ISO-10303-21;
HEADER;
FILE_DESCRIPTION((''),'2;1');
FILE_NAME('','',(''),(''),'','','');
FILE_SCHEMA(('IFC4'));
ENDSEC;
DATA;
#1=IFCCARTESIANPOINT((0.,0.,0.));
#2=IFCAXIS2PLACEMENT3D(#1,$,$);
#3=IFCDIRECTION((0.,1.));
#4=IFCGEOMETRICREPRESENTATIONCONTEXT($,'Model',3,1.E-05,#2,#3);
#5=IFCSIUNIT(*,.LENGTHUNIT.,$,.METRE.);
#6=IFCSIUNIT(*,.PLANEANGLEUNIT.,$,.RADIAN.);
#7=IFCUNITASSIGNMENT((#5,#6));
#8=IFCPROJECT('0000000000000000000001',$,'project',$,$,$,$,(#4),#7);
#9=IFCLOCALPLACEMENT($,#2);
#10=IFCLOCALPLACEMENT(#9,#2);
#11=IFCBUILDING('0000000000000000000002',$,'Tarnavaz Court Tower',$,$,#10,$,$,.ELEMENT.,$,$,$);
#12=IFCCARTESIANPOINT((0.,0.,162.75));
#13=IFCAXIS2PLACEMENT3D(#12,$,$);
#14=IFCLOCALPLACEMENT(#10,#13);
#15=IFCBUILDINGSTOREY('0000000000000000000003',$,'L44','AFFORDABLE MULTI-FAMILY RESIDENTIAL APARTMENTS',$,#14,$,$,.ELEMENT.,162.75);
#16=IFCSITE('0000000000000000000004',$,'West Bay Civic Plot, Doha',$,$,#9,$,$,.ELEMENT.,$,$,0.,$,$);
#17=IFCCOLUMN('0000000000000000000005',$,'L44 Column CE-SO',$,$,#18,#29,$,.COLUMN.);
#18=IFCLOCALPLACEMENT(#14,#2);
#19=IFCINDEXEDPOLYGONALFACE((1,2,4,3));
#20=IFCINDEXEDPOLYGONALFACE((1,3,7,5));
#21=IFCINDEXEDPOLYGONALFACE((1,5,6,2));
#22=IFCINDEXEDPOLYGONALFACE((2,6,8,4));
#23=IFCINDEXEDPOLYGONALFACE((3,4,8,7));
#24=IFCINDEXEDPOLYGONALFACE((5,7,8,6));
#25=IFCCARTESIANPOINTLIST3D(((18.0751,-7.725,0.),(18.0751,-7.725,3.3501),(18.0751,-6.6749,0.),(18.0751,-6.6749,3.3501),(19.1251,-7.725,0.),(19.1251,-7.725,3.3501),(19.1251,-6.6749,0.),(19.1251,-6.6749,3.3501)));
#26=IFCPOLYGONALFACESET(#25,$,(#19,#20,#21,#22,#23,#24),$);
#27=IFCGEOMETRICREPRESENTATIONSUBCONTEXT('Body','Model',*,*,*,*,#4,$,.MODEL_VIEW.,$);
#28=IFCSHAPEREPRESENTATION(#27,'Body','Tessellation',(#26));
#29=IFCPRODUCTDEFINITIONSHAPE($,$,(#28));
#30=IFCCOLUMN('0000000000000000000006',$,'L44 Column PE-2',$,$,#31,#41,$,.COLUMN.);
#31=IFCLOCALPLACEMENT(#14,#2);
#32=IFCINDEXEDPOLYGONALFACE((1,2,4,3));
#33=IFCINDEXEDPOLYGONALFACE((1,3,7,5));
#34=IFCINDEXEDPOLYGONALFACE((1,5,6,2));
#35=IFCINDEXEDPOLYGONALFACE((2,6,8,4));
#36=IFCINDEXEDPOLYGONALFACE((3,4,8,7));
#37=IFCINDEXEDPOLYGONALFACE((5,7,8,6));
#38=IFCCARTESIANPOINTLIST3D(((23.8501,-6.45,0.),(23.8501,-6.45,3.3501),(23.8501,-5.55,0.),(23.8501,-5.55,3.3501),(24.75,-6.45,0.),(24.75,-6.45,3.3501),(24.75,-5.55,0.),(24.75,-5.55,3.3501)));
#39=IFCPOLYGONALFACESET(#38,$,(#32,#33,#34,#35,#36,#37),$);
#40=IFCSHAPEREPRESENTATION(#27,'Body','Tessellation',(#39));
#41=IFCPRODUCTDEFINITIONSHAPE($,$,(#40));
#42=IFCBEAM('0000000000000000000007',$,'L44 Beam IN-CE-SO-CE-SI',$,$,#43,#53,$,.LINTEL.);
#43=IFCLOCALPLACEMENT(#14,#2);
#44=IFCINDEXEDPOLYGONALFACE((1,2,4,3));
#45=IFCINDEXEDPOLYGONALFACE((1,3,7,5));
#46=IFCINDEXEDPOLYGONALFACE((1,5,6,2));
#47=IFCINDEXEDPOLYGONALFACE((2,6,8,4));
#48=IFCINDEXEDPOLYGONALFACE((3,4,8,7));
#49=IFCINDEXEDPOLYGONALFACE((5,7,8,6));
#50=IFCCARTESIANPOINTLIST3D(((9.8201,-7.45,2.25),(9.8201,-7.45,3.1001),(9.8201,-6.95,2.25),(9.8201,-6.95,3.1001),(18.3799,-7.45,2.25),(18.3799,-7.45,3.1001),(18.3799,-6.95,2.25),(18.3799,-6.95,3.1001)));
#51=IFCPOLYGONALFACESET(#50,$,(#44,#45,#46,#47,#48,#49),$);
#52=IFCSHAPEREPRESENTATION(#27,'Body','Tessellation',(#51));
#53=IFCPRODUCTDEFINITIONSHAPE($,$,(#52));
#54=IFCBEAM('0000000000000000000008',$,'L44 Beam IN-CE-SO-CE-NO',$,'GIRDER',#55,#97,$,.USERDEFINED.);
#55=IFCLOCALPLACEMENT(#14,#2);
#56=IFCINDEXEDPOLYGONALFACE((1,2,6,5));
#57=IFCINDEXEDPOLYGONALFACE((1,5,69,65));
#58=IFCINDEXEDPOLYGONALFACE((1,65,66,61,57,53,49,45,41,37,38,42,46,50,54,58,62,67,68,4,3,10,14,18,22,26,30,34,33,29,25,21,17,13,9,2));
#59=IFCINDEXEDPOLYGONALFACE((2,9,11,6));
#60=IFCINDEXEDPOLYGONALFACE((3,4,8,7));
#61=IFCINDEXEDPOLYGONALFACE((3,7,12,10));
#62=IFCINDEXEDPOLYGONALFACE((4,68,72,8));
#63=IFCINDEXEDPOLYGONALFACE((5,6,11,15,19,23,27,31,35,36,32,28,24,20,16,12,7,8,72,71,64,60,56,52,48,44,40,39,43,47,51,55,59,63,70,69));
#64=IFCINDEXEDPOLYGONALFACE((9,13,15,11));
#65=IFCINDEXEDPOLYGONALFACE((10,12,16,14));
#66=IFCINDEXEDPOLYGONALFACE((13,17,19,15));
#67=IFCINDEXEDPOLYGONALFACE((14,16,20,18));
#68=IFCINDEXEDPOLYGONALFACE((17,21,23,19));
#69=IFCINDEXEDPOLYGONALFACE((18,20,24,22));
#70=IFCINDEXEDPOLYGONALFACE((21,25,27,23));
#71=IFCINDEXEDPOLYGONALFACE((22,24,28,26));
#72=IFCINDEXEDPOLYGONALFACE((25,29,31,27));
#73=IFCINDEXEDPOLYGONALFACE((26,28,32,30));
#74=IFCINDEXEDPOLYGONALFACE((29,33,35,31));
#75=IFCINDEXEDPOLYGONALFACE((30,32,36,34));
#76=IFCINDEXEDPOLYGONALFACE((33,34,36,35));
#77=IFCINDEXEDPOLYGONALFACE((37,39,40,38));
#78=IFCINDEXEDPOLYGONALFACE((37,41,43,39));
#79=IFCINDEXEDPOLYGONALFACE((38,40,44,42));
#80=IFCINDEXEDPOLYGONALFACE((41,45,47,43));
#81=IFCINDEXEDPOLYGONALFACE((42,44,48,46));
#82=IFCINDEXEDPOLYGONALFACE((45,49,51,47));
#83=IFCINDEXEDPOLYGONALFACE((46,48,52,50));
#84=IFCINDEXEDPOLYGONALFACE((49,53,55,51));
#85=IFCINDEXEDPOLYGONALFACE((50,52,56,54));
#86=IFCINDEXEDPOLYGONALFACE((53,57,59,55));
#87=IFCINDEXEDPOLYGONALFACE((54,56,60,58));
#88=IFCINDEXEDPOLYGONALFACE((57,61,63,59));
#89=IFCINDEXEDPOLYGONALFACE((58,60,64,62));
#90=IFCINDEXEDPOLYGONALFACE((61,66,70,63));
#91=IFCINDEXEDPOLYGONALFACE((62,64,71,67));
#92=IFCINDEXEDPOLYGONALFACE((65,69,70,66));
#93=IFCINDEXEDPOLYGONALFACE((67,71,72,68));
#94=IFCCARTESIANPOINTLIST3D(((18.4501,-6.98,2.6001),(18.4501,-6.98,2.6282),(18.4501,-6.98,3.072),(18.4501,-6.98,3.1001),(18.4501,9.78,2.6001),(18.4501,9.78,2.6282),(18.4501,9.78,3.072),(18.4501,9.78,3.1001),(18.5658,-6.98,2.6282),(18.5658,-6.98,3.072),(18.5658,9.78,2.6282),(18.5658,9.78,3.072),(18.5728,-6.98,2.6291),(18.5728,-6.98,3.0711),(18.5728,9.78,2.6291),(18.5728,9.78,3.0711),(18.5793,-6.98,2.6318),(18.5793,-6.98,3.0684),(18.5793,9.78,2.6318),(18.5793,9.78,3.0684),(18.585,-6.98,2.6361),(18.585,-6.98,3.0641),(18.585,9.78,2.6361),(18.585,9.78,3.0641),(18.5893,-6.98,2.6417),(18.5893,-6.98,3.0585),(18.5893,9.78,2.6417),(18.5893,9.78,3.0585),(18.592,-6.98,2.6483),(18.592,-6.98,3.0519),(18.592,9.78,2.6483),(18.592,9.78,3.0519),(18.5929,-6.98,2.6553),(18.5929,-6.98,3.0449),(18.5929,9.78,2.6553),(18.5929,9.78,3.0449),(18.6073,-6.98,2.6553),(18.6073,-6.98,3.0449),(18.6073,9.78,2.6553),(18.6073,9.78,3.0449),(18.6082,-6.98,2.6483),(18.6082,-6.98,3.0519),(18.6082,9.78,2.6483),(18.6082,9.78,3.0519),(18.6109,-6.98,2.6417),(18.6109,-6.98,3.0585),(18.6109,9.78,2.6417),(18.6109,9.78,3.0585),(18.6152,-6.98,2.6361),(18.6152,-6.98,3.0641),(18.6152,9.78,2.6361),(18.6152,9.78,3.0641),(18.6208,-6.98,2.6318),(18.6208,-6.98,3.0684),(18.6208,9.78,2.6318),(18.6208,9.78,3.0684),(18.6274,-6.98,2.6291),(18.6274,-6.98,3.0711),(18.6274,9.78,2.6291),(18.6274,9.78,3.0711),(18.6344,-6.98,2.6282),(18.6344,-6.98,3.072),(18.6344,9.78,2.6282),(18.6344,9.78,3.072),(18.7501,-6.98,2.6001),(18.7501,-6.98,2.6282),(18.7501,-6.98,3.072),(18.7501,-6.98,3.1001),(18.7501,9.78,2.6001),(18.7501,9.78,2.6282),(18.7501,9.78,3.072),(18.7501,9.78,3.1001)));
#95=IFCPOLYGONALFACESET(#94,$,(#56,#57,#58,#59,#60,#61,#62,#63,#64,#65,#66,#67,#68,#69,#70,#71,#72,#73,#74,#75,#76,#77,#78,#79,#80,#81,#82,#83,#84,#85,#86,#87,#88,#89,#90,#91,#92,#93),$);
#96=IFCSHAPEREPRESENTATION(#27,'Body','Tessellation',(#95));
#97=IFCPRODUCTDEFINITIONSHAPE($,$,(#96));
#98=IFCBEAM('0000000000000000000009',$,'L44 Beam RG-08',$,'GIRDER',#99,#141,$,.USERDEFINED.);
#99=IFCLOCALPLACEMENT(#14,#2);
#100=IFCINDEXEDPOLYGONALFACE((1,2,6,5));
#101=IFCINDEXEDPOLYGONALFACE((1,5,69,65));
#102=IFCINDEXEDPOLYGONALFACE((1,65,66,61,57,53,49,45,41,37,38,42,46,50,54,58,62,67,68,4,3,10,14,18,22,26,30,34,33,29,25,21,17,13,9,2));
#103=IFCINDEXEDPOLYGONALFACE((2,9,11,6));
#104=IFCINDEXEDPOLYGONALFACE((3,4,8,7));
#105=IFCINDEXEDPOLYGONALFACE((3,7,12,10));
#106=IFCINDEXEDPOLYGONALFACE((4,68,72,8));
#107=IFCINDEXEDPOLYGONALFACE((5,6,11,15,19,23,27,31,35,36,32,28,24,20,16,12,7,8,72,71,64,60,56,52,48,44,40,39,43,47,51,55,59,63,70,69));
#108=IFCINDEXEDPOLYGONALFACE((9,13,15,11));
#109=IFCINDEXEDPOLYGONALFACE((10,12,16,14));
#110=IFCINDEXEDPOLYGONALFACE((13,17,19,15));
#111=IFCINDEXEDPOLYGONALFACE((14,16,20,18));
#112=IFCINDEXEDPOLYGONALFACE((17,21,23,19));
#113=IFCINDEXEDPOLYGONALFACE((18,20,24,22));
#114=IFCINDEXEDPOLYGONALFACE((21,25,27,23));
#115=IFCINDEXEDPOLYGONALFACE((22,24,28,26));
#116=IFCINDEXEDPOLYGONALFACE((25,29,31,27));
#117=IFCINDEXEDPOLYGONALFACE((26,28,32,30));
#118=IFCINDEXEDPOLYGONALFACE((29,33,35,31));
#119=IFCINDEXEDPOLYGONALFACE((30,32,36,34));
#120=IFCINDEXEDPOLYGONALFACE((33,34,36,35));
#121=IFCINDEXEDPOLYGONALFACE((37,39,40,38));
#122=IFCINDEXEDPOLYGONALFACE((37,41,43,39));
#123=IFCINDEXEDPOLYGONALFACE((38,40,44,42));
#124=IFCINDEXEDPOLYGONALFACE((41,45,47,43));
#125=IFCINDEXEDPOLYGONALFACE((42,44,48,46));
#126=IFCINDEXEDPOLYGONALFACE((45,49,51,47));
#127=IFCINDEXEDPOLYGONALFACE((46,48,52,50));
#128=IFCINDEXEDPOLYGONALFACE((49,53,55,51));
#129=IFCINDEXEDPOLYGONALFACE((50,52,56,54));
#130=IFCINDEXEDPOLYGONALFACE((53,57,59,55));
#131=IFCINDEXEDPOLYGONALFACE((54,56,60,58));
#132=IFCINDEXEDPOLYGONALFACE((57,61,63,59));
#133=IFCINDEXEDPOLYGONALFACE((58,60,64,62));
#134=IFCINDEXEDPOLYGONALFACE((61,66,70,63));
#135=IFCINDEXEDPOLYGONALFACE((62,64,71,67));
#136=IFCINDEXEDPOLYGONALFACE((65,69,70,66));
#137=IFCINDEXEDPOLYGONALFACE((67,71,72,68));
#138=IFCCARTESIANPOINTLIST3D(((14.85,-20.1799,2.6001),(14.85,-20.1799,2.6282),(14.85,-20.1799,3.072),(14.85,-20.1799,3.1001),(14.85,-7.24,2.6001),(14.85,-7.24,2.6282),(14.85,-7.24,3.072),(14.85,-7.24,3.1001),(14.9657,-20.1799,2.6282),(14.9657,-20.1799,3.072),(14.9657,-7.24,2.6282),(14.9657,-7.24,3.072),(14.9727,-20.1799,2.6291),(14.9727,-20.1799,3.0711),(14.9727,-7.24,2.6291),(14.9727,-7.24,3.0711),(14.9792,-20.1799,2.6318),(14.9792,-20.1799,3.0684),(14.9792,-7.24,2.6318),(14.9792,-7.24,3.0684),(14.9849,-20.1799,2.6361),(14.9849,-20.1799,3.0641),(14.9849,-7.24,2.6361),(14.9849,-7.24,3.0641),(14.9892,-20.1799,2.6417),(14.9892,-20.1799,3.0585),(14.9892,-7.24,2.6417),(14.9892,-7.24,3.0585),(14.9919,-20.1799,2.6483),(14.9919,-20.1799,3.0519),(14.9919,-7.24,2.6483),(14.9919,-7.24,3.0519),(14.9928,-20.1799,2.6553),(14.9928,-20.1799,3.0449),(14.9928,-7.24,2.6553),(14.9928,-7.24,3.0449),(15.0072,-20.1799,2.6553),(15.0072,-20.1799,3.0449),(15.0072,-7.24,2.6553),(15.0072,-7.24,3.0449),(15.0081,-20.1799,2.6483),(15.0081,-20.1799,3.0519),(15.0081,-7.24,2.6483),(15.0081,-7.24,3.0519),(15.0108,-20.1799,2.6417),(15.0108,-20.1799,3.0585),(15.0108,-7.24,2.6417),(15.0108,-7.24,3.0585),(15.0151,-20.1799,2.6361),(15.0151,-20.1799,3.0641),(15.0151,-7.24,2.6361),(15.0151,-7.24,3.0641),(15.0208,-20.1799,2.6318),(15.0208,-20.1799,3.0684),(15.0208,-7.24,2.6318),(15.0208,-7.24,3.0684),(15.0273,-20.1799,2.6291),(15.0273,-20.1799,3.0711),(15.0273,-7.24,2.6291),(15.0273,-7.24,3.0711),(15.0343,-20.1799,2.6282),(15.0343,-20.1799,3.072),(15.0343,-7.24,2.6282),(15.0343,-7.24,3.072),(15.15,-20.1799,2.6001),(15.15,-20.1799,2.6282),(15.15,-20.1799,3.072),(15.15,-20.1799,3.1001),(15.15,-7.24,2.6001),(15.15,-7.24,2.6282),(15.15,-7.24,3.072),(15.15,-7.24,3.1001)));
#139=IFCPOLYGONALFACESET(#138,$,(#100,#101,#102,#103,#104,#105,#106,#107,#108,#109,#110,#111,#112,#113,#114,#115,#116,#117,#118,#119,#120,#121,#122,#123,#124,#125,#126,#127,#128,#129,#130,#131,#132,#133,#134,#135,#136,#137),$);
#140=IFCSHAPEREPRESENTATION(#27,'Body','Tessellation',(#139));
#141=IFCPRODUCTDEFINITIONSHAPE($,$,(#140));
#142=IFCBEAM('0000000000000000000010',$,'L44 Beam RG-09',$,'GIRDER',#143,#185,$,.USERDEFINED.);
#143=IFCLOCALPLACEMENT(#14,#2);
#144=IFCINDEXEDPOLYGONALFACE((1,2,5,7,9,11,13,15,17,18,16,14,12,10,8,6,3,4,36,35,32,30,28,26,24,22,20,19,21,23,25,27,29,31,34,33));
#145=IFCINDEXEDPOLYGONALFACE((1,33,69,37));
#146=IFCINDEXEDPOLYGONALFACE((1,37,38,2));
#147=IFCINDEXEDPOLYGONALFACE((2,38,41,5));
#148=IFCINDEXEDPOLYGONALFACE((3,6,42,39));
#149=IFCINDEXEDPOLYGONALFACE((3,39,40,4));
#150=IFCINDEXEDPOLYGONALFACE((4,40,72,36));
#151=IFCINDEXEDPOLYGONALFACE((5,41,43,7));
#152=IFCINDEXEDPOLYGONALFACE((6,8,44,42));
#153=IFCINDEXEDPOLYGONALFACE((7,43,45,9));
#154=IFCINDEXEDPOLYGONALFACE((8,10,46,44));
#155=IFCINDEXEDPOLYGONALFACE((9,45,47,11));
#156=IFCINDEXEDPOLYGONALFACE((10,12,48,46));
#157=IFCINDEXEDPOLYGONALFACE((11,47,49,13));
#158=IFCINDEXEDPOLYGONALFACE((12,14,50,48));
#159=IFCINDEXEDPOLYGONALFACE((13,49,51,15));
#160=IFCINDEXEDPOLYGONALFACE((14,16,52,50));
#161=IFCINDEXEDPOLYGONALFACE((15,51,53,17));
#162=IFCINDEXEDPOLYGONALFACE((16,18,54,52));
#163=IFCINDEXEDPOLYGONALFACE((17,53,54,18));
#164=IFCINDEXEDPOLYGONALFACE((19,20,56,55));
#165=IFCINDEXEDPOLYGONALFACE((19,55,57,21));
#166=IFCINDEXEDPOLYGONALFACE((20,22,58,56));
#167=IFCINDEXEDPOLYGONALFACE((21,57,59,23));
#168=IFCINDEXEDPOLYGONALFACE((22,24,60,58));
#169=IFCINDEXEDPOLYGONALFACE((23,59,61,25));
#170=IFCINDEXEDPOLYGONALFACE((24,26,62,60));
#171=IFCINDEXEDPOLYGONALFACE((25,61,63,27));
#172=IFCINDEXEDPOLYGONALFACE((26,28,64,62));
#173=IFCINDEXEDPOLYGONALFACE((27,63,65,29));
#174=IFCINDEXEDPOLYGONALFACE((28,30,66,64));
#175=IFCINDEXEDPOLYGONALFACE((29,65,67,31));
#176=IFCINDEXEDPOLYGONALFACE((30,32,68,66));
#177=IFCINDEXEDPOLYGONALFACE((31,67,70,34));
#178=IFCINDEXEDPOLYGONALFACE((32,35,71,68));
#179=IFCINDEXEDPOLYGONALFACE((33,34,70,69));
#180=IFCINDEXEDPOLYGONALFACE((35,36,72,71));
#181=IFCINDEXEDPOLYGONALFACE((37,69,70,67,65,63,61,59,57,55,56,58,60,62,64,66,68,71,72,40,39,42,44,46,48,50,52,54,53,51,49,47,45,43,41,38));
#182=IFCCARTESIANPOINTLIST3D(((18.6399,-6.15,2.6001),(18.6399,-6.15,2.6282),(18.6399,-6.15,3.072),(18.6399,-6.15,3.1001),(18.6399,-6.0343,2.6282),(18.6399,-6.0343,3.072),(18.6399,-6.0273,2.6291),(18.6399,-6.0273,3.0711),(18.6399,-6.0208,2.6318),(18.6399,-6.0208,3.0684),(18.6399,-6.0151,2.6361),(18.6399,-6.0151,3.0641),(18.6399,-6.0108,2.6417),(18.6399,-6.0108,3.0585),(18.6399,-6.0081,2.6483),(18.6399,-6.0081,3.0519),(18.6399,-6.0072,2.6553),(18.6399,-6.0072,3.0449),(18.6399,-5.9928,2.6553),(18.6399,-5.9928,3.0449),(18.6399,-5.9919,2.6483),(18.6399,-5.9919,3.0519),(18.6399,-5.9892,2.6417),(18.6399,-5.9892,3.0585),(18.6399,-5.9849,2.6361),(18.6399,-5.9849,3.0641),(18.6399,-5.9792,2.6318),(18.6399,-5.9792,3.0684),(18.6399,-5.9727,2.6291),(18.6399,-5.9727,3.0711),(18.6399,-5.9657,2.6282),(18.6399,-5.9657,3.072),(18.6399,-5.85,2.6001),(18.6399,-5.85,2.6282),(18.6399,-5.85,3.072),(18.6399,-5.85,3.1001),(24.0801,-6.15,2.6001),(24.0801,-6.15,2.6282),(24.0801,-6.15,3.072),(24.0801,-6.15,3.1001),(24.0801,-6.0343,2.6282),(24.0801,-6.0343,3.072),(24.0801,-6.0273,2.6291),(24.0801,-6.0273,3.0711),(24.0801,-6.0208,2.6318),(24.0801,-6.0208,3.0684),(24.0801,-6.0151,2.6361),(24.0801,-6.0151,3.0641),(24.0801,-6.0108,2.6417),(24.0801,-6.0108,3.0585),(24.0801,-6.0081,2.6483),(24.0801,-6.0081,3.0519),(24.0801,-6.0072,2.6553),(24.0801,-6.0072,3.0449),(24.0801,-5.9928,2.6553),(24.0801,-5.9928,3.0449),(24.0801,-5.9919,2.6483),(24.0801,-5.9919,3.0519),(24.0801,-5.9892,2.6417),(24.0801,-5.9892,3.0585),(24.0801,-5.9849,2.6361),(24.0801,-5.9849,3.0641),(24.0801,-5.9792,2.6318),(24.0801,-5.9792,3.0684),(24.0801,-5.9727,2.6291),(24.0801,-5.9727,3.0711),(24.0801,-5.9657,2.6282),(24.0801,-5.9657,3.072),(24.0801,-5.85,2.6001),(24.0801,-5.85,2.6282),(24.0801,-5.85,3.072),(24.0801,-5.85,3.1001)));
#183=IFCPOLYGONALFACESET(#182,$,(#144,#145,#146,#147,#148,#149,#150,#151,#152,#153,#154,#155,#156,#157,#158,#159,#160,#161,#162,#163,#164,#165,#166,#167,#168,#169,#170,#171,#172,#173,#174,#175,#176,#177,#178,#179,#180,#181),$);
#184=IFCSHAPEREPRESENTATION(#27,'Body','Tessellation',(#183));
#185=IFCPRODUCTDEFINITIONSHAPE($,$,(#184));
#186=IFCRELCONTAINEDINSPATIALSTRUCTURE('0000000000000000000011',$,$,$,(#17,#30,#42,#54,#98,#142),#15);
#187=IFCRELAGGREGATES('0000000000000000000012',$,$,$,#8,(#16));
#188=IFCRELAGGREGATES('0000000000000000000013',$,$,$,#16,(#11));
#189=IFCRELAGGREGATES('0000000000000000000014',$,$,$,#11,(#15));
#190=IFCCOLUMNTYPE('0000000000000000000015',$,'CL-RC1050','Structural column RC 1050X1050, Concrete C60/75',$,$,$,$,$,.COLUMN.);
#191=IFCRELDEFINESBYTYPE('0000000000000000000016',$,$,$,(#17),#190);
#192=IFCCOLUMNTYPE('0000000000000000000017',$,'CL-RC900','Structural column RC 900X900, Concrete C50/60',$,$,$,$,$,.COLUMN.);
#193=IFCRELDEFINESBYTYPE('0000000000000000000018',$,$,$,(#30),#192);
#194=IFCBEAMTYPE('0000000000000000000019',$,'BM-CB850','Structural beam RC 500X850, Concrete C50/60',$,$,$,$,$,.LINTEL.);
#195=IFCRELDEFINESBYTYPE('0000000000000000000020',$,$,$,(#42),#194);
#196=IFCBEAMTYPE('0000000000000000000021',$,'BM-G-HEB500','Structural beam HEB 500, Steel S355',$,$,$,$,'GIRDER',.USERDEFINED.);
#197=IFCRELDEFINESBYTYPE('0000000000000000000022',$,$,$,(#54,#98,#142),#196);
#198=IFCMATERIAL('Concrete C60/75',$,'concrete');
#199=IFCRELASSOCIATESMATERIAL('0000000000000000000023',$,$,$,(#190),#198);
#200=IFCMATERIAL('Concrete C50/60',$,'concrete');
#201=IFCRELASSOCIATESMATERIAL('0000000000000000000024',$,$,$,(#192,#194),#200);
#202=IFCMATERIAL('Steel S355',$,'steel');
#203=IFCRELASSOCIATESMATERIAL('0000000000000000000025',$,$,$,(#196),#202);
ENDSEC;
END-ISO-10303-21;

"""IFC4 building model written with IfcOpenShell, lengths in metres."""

from ifc_helpers import new_model, si_unit, direction, frame, origin, origin_2d, place, context, subcontext, project, spatial, rectangle, i_section, extrude, material, material_profile, profile_set, type_object, element, save


model = new_model("IFC4")

# Units and contexts
model_context = context("Model", 3, precision=1e-05, world=origin(), true_north=direction((0.0, 1.0)))
body_context = subcontext(model_context, "Body", "Model", "MODEL_VIEW")
ifc_project = project(units=[si_unit("LENGTHUNIT", "METRE"), si_unit("PLANEANGLEUNIT", "RADIAN")], contexts=[model_context])

# Site, building, storey
site_placement = place(None, origin())
site = spatial("IfcSite", under=ifc_project, at=site_placement, Name="West Bay Civic Plot, Doha", CompositionType="ELEMENT", RefElevation=0.0)
building_placement = place(site_placement, origin())
building = spatial("IfcBuilding", under=site, at=building_placement, Name="Tarnavaz Court Tower", CompositionType="ELEMENT")
storey_placement = place(building_placement, frame((0.0, 0.0, 162.75)))
storey = spatial("IfcBuildingStorey", under=building, at=storey_placement, Name="L44", Description="AFFORDABLE MULTI-FAMILY RESIDENTIAL APARTMENTS", CompositionType="ELEMENT", Elevation=162.75)

# Columns
ifc_material_1 = material(Name="Concrete C60/75", Category="concrete")
ifc_material_profile_1 = material_profile(ifc_material_1, rectangle(XDim=1.05, YDim=1.05, at=origin_2d()), Name="RC 1050X1050")
ifc_profile_set_1 = profile_set([ifc_material_profile_1], Name="Concrete C60/75")
column_type_1 = type_object("IfcColumnType", Name="CL-RC1050", Description="Structural column RC 1050X1050, Concrete C60/75", PredefinedType="COLUMN", material=ifc_profile_set_1)
column_1_placement = place(storey_placement, frame((18.6001, -7.2, 0.0), z_axis=(0.0, 0.0, 1.0), x_axis=(1.0, 0.0, 0.0)))
element("IfcColumn", 1, at=column_1_placement, inside=storey, type_object=column_type_1, Name="L44 Column CE-SO", PredefinedType="COLUMN", context=body_context, shape_type="SweptSolid", body=[
    extrude(rectangle(XDim=1.05, YDim=1.05, at=origin_2d()), origin(), (0.0, 0.0, 1.0), 3.3501),
])
ifc_material_2 = material(Name="Concrete C50/60", Category="concrete")
ifc_material_profile_2 = material_profile(ifc_material_2, rectangle(XDim=0.8999, YDim=0.8999, at=origin_2d()), Name="RC 900X900")
ifc_profile_set_2 = profile_set([ifc_material_profile_2], Name="Concrete C50/60")
column_type_2 = type_object("IfcColumnType", Name="CL-RC900", Description="Structural column RC 900X900, Concrete C50/60", PredefinedType="COLUMN", material=ifc_profile_set_2)
column_2_placement = place(storey_placement, frame((24.3, -6.0, 0.0), z_axis=(0.0, 0.0, 1.0), x_axis=(1.0, 0.0, 0.0)))
element("IfcColumn", 2, at=column_2_placement, inside=storey, type_object=column_type_2, Name="L44 Column PE-2", PredefinedType="COLUMN", context=body_context, shape_type="SweptSolid", body=[
    extrude(rectangle(XDim=0.8999, YDim=0.8999, at=origin_2d()), origin(), (0.0, 0.0, 1.0), 3.3501),
])

# Beams
ifc_material_profile_3 = material_profile(ifc_material_2, rectangle(XDim=0.5, YDim=0.8501, at=origin_2d()), Name="RC 500X850")
ifc_profile_set_3 = profile_set([ifc_material_profile_3], Name="Concrete C50/60")
beam_type_1 = type_object("IfcBeamType", Name="BM-CB850", Description="Structural beam RC 500X850, Concrete C50/60", PredefinedType="LINTEL", material=ifc_profile_set_3)
beam_1_placement = place(storey_placement, frame((18.3799, -7.2, 2.675), z_axis=(-1.0, 0.0, 0.0), x_axis=(0.0, -1.0, 0.0)))
element("IfcBeam", 3, at=beam_1_placement, inside=storey, type_object=beam_type_1, Name="L44 Beam IN-CE-SO-CE-SI", PredefinedType="LINTEL", context=body_context, shape_type="SweptSolid", body=[
    extrude(rectangle(XDim=0.5, YDim=0.8501, at=origin_2d()), origin(), (0.0, 0.0, 1.0), 8.5598),
])
ifc_material_3 = material(Name="Steel S355", Category="steel")
ifc_material_profile_4 = material_profile(ifc_material_3, i_section(OverallWidth=0.3, OverallDepth=0.5, WebThickness=0.0144, FlangeThickness=0.0281, FilletRadius=0.0271, at=origin_2d()), Name="HEB 500")
ifc_profile_set_4 = profile_set([ifc_material_profile_4], Name="Steel S355")
beam_type_2 = type_object("IfcBeamType", Name="BM-G-HEB500", Description="Structural beam HEB 500, Steel S355", ElementType="GIRDER", PredefinedType="USERDEFINED", material=ifc_profile_set_4)
beam_2_placement = place(storey_placement, frame((18.6001, -6.98, 2.8501), z_axis=(0.0, 1.0, 0.0), x_axis=(-1.0, 0.0, 0.0)))
element("IfcBeam", 4, at=beam_2_placement, inside=storey, type_object=beam_type_2, Name="L44 Beam IN-CE-SO-CE-NO", ObjectType="GIRDER", PredefinedType="USERDEFINED", context=body_context, shape_type="SweptSolid", body=[
    extrude(i_section(OverallWidth=0.3, OverallDepth=0.5, WebThickness=0.0144, FlangeThickness=0.0281, FilletRadius=0.0271, at=origin_2d()), origin(), (0.0, 0.0, 1.0), 16.76),
])
beam_3_placement = place(storey_placement, frame((15.0, -7.24, 2.8501), z_axis=(0.0, -1.0, 0.0), x_axis=(1.0, 0.0, 0.0)))
element("IfcBeam", 5, at=beam_3_placement, inside=storey, type_object=beam_type_2, Name="L44 Beam RG-08", ObjectType="GIRDER", PredefinedType="USERDEFINED", context=body_context, shape_type="SweptSolid", body=[
    extrude(i_section(OverallWidth=0.3, OverallDepth=0.5, WebThickness=0.0144, FlangeThickness=0.0281, FilletRadius=0.0271, at=origin_2d()), origin(), (0.0, 0.0, 1.0), 12.9399),
])
beam_4_placement = place(storey_placement, frame((18.6399, -6.0, 2.8501), z_axis=(1.0, 0.0, 0.0), x_axis=(0.0, 1.0, 0.0)))
element("IfcBeam", 6, at=beam_4_placement, inside=storey, type_object=beam_type_2, Name="L44 Beam RG-09", ObjectType="GIRDER", PredefinedType="USERDEFINED", context=body_context, shape_type="SweptSolid", body=[
    extrude(i_section(OverallWidth=0.3, OverallDepth=0.5, WebThickness=0.0144, FlangeThickness=0.0281, FilletRadius=0.0271, at=origin_2d()), origin(), (0.0, 0.0, 1.0), 5.4402),
])

save(model, "model.ifc")
